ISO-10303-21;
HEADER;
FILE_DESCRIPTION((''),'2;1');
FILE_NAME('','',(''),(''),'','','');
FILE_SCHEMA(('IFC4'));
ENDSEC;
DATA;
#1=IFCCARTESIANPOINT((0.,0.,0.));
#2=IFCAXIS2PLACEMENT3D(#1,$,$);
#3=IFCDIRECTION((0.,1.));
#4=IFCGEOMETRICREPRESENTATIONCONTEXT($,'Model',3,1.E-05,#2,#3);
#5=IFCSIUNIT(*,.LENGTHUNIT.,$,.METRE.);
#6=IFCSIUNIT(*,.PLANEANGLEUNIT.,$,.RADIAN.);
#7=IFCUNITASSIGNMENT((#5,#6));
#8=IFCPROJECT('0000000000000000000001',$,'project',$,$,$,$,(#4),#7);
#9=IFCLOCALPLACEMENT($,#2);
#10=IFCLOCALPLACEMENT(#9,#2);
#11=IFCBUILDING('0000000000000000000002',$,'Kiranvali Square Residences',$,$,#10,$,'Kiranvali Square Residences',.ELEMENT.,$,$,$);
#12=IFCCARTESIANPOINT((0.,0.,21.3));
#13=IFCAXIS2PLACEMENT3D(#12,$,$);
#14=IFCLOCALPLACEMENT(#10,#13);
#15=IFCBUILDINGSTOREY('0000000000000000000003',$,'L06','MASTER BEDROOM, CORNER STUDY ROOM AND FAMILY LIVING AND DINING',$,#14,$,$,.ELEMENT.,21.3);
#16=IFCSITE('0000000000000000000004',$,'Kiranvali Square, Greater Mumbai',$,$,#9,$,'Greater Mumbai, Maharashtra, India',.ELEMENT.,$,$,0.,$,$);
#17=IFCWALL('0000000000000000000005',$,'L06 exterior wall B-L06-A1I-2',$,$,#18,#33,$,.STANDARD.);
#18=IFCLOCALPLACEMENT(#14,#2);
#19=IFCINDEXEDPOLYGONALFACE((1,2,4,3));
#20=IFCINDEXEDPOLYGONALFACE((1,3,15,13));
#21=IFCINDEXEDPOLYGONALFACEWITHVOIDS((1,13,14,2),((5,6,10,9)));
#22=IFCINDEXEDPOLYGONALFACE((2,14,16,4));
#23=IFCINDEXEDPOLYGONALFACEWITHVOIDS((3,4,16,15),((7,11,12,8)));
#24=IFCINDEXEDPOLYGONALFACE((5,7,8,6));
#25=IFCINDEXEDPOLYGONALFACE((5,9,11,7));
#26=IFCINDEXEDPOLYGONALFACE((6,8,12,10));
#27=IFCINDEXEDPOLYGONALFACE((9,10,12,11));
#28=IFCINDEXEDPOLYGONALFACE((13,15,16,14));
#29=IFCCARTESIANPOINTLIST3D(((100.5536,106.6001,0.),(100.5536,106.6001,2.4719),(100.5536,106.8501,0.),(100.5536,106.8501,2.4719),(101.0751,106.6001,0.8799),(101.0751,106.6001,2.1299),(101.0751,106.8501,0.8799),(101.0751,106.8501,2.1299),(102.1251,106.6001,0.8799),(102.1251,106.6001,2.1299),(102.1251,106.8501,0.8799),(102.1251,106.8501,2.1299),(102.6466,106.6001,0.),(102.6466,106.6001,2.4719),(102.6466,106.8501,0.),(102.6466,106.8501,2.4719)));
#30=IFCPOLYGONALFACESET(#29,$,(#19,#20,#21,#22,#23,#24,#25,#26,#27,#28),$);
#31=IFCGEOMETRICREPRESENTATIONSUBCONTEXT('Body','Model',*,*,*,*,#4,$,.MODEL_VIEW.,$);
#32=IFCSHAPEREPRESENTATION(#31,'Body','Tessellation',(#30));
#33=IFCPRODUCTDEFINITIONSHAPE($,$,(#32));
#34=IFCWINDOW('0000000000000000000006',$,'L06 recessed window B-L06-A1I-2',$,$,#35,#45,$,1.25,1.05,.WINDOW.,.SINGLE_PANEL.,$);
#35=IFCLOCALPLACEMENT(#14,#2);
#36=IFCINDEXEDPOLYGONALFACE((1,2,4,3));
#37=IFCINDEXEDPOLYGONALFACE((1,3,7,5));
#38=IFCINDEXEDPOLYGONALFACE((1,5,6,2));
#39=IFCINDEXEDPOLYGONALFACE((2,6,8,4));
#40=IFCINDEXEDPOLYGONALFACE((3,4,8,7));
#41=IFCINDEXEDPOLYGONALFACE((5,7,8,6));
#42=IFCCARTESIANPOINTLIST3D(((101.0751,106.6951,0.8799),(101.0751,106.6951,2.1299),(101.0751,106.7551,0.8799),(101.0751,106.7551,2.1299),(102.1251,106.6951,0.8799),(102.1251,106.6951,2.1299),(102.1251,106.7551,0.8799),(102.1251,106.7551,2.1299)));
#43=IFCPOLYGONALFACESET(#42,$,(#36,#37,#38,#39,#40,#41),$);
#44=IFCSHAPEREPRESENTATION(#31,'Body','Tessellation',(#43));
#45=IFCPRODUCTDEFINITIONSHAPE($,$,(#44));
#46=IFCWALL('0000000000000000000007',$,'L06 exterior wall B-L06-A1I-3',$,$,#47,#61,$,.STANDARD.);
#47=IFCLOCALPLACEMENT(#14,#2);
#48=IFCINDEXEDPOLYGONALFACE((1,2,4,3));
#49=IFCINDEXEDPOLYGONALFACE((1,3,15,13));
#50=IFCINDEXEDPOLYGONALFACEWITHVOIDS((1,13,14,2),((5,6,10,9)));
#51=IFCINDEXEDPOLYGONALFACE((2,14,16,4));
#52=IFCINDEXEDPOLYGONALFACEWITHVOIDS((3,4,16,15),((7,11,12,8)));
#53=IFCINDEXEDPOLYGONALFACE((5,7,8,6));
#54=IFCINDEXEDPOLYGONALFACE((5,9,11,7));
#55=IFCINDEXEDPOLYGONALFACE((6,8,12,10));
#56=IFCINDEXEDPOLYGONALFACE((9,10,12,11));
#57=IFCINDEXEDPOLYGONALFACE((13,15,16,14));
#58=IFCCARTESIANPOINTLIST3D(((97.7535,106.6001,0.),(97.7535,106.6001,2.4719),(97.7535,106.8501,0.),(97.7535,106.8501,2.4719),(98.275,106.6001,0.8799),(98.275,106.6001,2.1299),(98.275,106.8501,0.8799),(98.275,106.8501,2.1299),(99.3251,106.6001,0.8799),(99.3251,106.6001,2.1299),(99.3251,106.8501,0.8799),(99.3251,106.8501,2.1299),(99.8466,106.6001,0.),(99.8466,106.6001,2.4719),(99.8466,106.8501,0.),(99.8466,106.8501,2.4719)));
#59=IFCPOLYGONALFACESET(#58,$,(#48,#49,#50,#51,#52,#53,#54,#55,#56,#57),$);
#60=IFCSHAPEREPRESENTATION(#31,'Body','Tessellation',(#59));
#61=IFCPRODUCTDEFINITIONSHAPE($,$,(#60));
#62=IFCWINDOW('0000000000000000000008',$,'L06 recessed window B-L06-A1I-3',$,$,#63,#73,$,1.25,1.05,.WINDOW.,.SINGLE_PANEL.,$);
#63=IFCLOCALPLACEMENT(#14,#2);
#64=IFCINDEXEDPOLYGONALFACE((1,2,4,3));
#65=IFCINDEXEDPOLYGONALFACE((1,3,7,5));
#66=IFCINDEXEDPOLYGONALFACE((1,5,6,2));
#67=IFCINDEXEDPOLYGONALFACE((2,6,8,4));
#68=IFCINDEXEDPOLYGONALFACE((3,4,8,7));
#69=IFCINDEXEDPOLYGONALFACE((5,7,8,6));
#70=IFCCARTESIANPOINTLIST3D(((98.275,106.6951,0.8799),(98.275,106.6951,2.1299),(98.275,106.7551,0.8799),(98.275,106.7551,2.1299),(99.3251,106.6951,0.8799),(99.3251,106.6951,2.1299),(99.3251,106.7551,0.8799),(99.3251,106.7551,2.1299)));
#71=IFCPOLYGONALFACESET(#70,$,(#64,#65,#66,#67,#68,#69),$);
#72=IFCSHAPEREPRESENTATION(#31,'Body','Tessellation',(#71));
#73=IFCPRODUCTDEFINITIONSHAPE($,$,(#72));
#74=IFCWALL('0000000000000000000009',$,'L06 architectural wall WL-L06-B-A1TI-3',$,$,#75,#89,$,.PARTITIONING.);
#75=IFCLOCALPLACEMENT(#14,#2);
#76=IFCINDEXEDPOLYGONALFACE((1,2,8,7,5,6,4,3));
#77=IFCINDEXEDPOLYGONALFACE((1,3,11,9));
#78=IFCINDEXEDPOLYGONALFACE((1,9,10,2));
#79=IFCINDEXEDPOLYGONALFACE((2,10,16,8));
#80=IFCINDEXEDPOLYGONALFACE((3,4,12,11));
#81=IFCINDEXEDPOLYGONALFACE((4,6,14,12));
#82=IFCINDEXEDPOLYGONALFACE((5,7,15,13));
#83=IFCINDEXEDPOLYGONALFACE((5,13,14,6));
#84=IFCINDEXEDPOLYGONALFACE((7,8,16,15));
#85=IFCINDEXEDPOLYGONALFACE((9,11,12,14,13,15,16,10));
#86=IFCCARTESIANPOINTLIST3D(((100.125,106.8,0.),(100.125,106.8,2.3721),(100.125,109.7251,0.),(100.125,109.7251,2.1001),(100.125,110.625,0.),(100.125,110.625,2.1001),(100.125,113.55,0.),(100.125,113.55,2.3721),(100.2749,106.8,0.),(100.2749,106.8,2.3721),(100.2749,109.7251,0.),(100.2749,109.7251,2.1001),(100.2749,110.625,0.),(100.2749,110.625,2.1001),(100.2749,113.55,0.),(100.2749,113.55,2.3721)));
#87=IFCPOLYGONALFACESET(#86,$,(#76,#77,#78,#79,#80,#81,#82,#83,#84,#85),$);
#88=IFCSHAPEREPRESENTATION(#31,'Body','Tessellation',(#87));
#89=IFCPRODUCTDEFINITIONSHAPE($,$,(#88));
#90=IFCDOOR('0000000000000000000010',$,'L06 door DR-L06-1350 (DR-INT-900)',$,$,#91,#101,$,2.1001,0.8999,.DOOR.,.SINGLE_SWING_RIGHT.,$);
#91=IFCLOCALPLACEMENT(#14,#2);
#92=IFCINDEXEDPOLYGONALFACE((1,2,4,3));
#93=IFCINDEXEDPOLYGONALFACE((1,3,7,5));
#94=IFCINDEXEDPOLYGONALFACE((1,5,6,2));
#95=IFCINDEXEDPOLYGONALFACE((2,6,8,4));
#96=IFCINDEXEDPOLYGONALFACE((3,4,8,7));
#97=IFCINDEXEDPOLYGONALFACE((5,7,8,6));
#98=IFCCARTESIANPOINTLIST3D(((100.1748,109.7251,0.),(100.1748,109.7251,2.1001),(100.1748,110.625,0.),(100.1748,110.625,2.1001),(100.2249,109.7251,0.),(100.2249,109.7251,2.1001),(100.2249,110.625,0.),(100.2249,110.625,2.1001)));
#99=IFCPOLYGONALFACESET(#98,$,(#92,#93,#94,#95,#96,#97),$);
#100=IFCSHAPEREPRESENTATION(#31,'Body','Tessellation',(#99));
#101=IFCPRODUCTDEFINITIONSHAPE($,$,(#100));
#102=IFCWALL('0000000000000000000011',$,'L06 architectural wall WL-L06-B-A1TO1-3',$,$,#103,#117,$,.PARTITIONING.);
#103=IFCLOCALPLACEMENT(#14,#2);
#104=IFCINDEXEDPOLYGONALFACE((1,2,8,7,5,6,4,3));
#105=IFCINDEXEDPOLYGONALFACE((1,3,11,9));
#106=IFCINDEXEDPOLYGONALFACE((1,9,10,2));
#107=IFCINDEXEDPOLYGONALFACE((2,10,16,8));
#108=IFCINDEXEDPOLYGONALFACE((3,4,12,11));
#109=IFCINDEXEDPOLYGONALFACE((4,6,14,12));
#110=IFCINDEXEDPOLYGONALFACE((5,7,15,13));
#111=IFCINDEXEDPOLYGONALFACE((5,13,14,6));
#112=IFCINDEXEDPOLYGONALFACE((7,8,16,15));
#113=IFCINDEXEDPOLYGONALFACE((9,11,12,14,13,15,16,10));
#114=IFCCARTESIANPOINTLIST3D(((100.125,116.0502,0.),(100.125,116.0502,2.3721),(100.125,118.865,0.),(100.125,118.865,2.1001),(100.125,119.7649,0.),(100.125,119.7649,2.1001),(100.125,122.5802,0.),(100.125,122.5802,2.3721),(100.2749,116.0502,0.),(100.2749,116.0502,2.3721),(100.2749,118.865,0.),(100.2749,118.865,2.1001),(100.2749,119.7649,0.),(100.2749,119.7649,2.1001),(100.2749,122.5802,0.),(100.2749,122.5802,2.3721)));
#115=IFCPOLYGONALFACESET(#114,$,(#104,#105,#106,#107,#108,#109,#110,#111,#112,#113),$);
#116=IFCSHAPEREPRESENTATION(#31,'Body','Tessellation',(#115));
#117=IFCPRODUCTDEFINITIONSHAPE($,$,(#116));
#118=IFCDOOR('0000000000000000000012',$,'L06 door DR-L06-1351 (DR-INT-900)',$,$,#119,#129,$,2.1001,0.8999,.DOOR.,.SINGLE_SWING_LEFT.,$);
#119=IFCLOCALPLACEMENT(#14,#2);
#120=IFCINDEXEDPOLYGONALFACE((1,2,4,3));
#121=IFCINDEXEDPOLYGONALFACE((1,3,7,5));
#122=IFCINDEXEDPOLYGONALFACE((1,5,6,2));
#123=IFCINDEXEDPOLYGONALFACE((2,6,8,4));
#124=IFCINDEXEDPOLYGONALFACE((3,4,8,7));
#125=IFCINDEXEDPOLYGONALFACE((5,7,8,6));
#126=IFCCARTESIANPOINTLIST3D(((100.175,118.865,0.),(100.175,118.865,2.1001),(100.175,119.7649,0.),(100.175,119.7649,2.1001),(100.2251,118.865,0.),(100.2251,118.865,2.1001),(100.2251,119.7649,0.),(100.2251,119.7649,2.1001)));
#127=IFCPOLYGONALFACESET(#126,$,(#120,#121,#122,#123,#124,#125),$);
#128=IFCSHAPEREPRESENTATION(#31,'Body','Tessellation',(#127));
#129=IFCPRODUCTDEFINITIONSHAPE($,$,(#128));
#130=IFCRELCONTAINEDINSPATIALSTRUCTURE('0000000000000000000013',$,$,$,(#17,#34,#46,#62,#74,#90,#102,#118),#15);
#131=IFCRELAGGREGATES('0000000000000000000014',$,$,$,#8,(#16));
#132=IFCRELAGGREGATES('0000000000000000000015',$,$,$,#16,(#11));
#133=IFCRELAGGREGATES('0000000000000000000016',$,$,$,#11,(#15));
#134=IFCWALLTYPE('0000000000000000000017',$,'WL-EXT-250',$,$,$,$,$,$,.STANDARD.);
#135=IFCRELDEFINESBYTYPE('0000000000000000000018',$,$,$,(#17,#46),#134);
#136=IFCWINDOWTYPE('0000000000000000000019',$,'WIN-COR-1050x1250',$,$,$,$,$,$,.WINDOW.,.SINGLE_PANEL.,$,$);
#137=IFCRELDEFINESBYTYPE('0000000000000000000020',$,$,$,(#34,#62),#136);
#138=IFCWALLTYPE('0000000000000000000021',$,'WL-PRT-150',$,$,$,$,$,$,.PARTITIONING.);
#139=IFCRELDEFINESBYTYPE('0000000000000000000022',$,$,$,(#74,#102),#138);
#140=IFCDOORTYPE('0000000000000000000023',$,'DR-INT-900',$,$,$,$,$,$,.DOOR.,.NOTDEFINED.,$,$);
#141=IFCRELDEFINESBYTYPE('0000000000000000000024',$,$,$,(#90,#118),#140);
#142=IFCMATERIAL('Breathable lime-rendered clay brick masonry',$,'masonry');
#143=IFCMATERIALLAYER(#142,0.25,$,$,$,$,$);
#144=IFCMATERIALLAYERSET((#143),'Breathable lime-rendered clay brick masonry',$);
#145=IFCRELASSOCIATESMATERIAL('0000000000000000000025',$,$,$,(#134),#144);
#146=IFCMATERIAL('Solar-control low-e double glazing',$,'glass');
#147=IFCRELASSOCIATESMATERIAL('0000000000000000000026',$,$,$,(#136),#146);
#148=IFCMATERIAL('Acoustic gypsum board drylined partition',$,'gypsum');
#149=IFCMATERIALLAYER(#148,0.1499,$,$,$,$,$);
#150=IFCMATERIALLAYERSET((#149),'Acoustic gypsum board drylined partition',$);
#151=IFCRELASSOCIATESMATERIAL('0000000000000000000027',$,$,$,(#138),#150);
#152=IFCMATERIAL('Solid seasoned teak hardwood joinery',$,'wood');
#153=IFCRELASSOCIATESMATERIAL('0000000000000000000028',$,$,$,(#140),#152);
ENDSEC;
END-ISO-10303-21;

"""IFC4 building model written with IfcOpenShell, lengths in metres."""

from ifc_helpers import new_model, si_unit, direction, frame, frame_2d, origin, place, context, subcontext, project, spatial, rectangle, extrude, material, layer, layer_set, type_object, element, fill, save


model = new_model("IFC4")

# Units and contexts
model_context = context("Model", 3, precision=1e-05, world=origin(), true_north=direction((0.0, 1.0)))
body_context = subcontext(model_context, "Body", "Model", "MODEL_VIEW")
ifc_project = project(units=[si_unit("LENGTHUNIT", "METRE"), si_unit("PLANEANGLEUNIT", "RADIAN")], contexts=[model_context])

# Site, building, storey
site_placement = place(None, origin())
site = spatial("IfcSite", under=ifc_project, at=site_placement, Name="Kiranvali Square, Greater Mumbai", LongName="Greater Mumbai, Maharashtra, India", CompositionType="ELEMENT", RefElevation=0.0)
building_placement = place(site_placement, origin())
building = spatial("IfcBuilding", under=site, at=building_placement, Name="Kiranvali Square Residences", LongName="Kiranvali Square Residences", CompositionType="ELEMENT")
storey_placement = place(building_placement, frame((0.0, 0.0, 21.3)))
storey = spatial("IfcBuildingStorey", under=building, at=storey_placement, Name="L06", Description="MASTER BEDROOM, CORNER STUDY ROOM AND FAMILY LIVING AND DINING", CompositionType="ELEMENT", Elevation=21.3)

# Walls, openings, windows
ifc_material_1 = material(Name="Breathable lime-rendered clay brick masonry", Category="masonry")
ifc_layer_1 = layer(ifc_material_1, 0.25)
ifc_layer_set_1 = layer_set([ifc_layer_1], Name="Breathable lime-rendered clay brick masonry")
wall_type_1 = type_object("IfcWallType", Name="WL-EXT-250", PredefinedType="STANDARD", material=ifc_layer_set_1)
wall_1_placement = place(storey_placement, frame((102.6465, 106.7251, 0.0), z_axis=(0.0, 0.0, 1.0), x_axis=(-1.0, 0.0, 0.0)))
wall_1 = element("IfcWall", 1, at=wall_1_placement, inside=storey, type_object=wall_type_1, Name="L06 exterior wall B-L06-A1I-2", PredefinedType="STANDARD", context=body_context, shape_type="SweptSolid", body=[
    extrude(rectangle(XDim=2.093, YDim=0.25, at=frame_2d((1.0464, 0.0))), origin(), (0.0, 0.0, 1.0), 2.4719),
])
opening_1_placement = place(wall_1_placement, frame((0.5215, 0.0, 0.8799)))
opening_1 = element("IfcOpeningElement", 2, at=opening_1_placement, cuts=wall_1, PredefinedType="OPENING", context=body_context, shape_type="SweptSolid", body=[
    extrude(rectangle(XDim=1.05, YDim=1.25, at=frame_2d((0.5249, 0.625))), frame((0.0, 0.135, 0.0), z_axis=(0.0, -1.0, 0.0), x_axis=(1.0, 0.0, 0.0)), (0.0, 0.0, 1.0), 0.27),
])
ifc_material_2 = material(Name="Solar-control low-e double glazing", Category="glass")
window_type = type_object("IfcWindowType", Name="WIN-COR-1050x1250", PartitioningType="SINGLE_PANEL", PredefinedType="WINDOW", material=ifc_material_2)
window_1_placement = place(opening_1_placement, origin())
window_1 = element("IfcWindow", 3, at=window_1_placement, inside=storey, type_object=window_type, Name="L06 recessed window B-L06-A1I-2", OverallHeight=1.25, OverallWidth=1.05, PartitioningType="SINGLE_PANEL", PredefinedType="WINDOW", context=body_context, shape_type="SweptSolid", body=[
    extrude(rectangle(XDim=1.05, YDim=1.25, at=frame_2d((0.5249, 0.625))), frame((0.0, 0.03, 0.0), z_axis=(0.0, -1.0, 0.0), x_axis=(1.0, 0.0, 0.0)), (0.0, 0.0, 1.0), 0.0601),
])
fill(opening_1, window_1)
wall_2_placement = place(storey_placement, frame((99.8464, 106.7251, 0.0), z_axis=(0.0, 0.0, 1.0), x_axis=(-1.0, 0.0, 0.0)))
wall_2 = element("IfcWall", 4, at=wall_2_placement, inside=storey, type_object=wall_type_1, Name="L06 exterior wall B-L06-A1I-3", PredefinedType="STANDARD", context=body_context, shape_type="SweptSolid", body=[
    extrude(rectangle(XDim=2.093, YDim=0.25, at=frame_2d((1.0464, 0.0))), origin(), (0.0, 0.0, 1.0), 2.4719),
])
opening_2_placement = place(wall_2_placement, frame((0.5215, 0.0, 0.8799)))
opening_2 = element("IfcOpeningElement", 5, at=opening_2_placement, cuts=wall_2, PredefinedType="OPENING", context=body_context, shape_type="SweptSolid", body=[
    extrude(rectangle(XDim=1.05, YDim=1.25, at=frame_2d((0.5249, 0.625))), frame((0.0, 0.135, 0.0), z_axis=(0.0, -1.0, 0.0), x_axis=(1.0, 0.0, 0.0)), (0.0, 0.0, 1.0), 0.27),
])
window_2_placement = place(opening_2_placement, origin())
window_2 = element("IfcWindow", 6, at=window_2_placement, inside=storey, type_object=window_type, Name="L06 recessed window B-L06-A1I-3", OverallHeight=1.25, OverallWidth=1.05, PartitioningType="SINGLE_PANEL", PredefinedType="WINDOW", context=body_context, shape_type="SweptSolid", body=[
    extrude(rectangle(XDim=1.05, YDim=1.25, at=frame_2d((0.5249, 0.625))), frame((0.0, 0.03, 0.0), z_axis=(0.0, -1.0, 0.0), x_axis=(1.0, 0.0, 0.0)), (0.0, 0.0, 1.0), 0.0601),
])
fill(opening_2, window_2)

# Walls, openings, doors
ifc_material_3 = material(Name="Acoustic gypsum board drylined partition", Category="gypsum")
ifc_layer_2 = layer(ifc_material_3, 0.1499)
ifc_layer_set_2 = layer_set([ifc_layer_2], Name="Acoustic gypsum board drylined partition")
wall_type_2 = type_object("IfcWallType", Name="WL-PRT-150", PredefinedType="PARTITIONING", material=ifc_layer_set_2)
wall_3_placement = place(storey_placement, frame((100.2, 106.8, 0.0), z_axis=(0.0, 0.0, 1.0), x_axis=(0.0, 1.0, 0.0)))
wall_3 = element("IfcWall", 7, at=wall_3_placement, inside=storey, type_object=wall_type_2, Name="L06 architectural wall WL-L06-B-A1TI-3", PredefinedType="PARTITIONING", context=body_context, shape_type="SweptSolid", body=[
    extrude(rectangle(XDim=6.75, YDim=0.1499, at=frame_2d((3.375, 0.0))), origin(), (0.0, 0.0, 1.0), 2.3721),
])
opening_3_placement = place(wall_3_placement, frame((2.925, 0.0, 0.0)))
opening_3 = element("IfcOpeningElement", 8, at=opening_3_placement, cuts=wall_3, PredefinedType="OPENING", context=body_context, shape_type="SweptSolid", body=[
    extrude(rectangle(XDim=0.8999, YDim=2.1001, at=frame_2d((0.45, 1.05))), frame((0.0, 0.085, 0.0), z_axis=(0.0, -1.0, 0.0), x_axis=(1.0, 0.0, 0.0)), (0.0, 0.0, 1.0), 0.1699),
])
ifc_material_4 = material(Name="Solid seasoned teak hardwood joinery", Category="wood")
door_type = type_object("IfcDoorType", Name="DR-INT-900", OperationType="NOTDEFINED", PredefinedType="DOOR", material=ifc_material_4)
door_1_placement = place(opening_3_placement, frame((0.8999, 0.0, 0.0), z_axis=(0.0, 0.0, 1.0), x_axis=(-1.0, 0.0, 0.0)))
door_1 = element("IfcDoor", 9, at=door_1_placement, inside=storey, type_object=door_type, Name="L06 door DR-L06-1350 (DR-INT-900)", OperationType="SINGLE_SWING_RIGHT", OverallHeight=2.1001, OverallWidth=0.8999, PredefinedType="DOOR", context=body_context, shape_type="SweptSolid", body=[
    extrude(rectangle(XDim=0.8999, YDim=2.1001, at=frame_2d((0.45, 1.05))), frame((0.0, 0.0249, 0.0), z_axis=(0.0, -1.0, 0.0), x_axis=(1.0, 0.0, 0.0)), (0.0, 0.0, 1.0), 0.05),
])
fill(opening_3, door_1)
wall_4_placement = place(storey_placement, frame((100.2, 116.05, 0.0), z_axis=(0.0, 0.0, 1.0), x_axis=(0.0, 1.0, 0.0)))
wall_4 = element("IfcWall", 10, at=wall_4_placement, inside=storey, type_object=wall_type_2, Name="L06 architectural wall WL-L06-B-A1TO1-3", PredefinedType="PARTITIONING", context=body_context, shape_type="SweptSolid", body=[
    extrude(rectangle(XDim=6.53, YDim=0.1499, at=frame_2d((3.2651, 0.0))), origin(), (0.0, 0.0, 1.0), 2.3721),
])
opening_4_placement = place(wall_4_placement, frame((2.8149, 0.0, 0.0)))
opening_4 = element("IfcOpeningElement", 11, at=opening_4_placement, cuts=wall_4, PredefinedType="OPENING", context=body_context, shape_type="SweptSolid", body=[
    extrude(rectangle(XDim=0.8999, YDim=2.1001, at=frame_2d((0.45, 1.05))), frame((0.0, 0.085, 0.0), z_axis=(0.0, -1.0, 0.0), x_axis=(1.0, 0.0, 0.0)), (0.0, 0.0, 1.0), 0.1699),
])
door_2_placement = place(opening_4_placement, origin())
door_2 = element("IfcDoor", 12, at=door_2_placement, inside=storey, type_object=door_type, Name="L06 door DR-L06-1351 (DR-INT-900)", OperationType="SINGLE_SWING_LEFT", OverallHeight=2.1001, OverallWidth=0.8999, PredefinedType="DOOR", context=body_context, shape_type="SweptSolid", body=[
    extrude(rectangle(XDim=0.8999, YDim=2.1001, at=frame_2d((0.45, 1.05))), frame((0.0, 0.0249, 0.0), z_axis=(0.0, -1.0, 0.0), x_axis=(1.0, 0.0, 0.0)), (0.0, 0.0, 1.0), 0.05),
])
fill(opening_4, door_2)

save(model, "model.ifc")
